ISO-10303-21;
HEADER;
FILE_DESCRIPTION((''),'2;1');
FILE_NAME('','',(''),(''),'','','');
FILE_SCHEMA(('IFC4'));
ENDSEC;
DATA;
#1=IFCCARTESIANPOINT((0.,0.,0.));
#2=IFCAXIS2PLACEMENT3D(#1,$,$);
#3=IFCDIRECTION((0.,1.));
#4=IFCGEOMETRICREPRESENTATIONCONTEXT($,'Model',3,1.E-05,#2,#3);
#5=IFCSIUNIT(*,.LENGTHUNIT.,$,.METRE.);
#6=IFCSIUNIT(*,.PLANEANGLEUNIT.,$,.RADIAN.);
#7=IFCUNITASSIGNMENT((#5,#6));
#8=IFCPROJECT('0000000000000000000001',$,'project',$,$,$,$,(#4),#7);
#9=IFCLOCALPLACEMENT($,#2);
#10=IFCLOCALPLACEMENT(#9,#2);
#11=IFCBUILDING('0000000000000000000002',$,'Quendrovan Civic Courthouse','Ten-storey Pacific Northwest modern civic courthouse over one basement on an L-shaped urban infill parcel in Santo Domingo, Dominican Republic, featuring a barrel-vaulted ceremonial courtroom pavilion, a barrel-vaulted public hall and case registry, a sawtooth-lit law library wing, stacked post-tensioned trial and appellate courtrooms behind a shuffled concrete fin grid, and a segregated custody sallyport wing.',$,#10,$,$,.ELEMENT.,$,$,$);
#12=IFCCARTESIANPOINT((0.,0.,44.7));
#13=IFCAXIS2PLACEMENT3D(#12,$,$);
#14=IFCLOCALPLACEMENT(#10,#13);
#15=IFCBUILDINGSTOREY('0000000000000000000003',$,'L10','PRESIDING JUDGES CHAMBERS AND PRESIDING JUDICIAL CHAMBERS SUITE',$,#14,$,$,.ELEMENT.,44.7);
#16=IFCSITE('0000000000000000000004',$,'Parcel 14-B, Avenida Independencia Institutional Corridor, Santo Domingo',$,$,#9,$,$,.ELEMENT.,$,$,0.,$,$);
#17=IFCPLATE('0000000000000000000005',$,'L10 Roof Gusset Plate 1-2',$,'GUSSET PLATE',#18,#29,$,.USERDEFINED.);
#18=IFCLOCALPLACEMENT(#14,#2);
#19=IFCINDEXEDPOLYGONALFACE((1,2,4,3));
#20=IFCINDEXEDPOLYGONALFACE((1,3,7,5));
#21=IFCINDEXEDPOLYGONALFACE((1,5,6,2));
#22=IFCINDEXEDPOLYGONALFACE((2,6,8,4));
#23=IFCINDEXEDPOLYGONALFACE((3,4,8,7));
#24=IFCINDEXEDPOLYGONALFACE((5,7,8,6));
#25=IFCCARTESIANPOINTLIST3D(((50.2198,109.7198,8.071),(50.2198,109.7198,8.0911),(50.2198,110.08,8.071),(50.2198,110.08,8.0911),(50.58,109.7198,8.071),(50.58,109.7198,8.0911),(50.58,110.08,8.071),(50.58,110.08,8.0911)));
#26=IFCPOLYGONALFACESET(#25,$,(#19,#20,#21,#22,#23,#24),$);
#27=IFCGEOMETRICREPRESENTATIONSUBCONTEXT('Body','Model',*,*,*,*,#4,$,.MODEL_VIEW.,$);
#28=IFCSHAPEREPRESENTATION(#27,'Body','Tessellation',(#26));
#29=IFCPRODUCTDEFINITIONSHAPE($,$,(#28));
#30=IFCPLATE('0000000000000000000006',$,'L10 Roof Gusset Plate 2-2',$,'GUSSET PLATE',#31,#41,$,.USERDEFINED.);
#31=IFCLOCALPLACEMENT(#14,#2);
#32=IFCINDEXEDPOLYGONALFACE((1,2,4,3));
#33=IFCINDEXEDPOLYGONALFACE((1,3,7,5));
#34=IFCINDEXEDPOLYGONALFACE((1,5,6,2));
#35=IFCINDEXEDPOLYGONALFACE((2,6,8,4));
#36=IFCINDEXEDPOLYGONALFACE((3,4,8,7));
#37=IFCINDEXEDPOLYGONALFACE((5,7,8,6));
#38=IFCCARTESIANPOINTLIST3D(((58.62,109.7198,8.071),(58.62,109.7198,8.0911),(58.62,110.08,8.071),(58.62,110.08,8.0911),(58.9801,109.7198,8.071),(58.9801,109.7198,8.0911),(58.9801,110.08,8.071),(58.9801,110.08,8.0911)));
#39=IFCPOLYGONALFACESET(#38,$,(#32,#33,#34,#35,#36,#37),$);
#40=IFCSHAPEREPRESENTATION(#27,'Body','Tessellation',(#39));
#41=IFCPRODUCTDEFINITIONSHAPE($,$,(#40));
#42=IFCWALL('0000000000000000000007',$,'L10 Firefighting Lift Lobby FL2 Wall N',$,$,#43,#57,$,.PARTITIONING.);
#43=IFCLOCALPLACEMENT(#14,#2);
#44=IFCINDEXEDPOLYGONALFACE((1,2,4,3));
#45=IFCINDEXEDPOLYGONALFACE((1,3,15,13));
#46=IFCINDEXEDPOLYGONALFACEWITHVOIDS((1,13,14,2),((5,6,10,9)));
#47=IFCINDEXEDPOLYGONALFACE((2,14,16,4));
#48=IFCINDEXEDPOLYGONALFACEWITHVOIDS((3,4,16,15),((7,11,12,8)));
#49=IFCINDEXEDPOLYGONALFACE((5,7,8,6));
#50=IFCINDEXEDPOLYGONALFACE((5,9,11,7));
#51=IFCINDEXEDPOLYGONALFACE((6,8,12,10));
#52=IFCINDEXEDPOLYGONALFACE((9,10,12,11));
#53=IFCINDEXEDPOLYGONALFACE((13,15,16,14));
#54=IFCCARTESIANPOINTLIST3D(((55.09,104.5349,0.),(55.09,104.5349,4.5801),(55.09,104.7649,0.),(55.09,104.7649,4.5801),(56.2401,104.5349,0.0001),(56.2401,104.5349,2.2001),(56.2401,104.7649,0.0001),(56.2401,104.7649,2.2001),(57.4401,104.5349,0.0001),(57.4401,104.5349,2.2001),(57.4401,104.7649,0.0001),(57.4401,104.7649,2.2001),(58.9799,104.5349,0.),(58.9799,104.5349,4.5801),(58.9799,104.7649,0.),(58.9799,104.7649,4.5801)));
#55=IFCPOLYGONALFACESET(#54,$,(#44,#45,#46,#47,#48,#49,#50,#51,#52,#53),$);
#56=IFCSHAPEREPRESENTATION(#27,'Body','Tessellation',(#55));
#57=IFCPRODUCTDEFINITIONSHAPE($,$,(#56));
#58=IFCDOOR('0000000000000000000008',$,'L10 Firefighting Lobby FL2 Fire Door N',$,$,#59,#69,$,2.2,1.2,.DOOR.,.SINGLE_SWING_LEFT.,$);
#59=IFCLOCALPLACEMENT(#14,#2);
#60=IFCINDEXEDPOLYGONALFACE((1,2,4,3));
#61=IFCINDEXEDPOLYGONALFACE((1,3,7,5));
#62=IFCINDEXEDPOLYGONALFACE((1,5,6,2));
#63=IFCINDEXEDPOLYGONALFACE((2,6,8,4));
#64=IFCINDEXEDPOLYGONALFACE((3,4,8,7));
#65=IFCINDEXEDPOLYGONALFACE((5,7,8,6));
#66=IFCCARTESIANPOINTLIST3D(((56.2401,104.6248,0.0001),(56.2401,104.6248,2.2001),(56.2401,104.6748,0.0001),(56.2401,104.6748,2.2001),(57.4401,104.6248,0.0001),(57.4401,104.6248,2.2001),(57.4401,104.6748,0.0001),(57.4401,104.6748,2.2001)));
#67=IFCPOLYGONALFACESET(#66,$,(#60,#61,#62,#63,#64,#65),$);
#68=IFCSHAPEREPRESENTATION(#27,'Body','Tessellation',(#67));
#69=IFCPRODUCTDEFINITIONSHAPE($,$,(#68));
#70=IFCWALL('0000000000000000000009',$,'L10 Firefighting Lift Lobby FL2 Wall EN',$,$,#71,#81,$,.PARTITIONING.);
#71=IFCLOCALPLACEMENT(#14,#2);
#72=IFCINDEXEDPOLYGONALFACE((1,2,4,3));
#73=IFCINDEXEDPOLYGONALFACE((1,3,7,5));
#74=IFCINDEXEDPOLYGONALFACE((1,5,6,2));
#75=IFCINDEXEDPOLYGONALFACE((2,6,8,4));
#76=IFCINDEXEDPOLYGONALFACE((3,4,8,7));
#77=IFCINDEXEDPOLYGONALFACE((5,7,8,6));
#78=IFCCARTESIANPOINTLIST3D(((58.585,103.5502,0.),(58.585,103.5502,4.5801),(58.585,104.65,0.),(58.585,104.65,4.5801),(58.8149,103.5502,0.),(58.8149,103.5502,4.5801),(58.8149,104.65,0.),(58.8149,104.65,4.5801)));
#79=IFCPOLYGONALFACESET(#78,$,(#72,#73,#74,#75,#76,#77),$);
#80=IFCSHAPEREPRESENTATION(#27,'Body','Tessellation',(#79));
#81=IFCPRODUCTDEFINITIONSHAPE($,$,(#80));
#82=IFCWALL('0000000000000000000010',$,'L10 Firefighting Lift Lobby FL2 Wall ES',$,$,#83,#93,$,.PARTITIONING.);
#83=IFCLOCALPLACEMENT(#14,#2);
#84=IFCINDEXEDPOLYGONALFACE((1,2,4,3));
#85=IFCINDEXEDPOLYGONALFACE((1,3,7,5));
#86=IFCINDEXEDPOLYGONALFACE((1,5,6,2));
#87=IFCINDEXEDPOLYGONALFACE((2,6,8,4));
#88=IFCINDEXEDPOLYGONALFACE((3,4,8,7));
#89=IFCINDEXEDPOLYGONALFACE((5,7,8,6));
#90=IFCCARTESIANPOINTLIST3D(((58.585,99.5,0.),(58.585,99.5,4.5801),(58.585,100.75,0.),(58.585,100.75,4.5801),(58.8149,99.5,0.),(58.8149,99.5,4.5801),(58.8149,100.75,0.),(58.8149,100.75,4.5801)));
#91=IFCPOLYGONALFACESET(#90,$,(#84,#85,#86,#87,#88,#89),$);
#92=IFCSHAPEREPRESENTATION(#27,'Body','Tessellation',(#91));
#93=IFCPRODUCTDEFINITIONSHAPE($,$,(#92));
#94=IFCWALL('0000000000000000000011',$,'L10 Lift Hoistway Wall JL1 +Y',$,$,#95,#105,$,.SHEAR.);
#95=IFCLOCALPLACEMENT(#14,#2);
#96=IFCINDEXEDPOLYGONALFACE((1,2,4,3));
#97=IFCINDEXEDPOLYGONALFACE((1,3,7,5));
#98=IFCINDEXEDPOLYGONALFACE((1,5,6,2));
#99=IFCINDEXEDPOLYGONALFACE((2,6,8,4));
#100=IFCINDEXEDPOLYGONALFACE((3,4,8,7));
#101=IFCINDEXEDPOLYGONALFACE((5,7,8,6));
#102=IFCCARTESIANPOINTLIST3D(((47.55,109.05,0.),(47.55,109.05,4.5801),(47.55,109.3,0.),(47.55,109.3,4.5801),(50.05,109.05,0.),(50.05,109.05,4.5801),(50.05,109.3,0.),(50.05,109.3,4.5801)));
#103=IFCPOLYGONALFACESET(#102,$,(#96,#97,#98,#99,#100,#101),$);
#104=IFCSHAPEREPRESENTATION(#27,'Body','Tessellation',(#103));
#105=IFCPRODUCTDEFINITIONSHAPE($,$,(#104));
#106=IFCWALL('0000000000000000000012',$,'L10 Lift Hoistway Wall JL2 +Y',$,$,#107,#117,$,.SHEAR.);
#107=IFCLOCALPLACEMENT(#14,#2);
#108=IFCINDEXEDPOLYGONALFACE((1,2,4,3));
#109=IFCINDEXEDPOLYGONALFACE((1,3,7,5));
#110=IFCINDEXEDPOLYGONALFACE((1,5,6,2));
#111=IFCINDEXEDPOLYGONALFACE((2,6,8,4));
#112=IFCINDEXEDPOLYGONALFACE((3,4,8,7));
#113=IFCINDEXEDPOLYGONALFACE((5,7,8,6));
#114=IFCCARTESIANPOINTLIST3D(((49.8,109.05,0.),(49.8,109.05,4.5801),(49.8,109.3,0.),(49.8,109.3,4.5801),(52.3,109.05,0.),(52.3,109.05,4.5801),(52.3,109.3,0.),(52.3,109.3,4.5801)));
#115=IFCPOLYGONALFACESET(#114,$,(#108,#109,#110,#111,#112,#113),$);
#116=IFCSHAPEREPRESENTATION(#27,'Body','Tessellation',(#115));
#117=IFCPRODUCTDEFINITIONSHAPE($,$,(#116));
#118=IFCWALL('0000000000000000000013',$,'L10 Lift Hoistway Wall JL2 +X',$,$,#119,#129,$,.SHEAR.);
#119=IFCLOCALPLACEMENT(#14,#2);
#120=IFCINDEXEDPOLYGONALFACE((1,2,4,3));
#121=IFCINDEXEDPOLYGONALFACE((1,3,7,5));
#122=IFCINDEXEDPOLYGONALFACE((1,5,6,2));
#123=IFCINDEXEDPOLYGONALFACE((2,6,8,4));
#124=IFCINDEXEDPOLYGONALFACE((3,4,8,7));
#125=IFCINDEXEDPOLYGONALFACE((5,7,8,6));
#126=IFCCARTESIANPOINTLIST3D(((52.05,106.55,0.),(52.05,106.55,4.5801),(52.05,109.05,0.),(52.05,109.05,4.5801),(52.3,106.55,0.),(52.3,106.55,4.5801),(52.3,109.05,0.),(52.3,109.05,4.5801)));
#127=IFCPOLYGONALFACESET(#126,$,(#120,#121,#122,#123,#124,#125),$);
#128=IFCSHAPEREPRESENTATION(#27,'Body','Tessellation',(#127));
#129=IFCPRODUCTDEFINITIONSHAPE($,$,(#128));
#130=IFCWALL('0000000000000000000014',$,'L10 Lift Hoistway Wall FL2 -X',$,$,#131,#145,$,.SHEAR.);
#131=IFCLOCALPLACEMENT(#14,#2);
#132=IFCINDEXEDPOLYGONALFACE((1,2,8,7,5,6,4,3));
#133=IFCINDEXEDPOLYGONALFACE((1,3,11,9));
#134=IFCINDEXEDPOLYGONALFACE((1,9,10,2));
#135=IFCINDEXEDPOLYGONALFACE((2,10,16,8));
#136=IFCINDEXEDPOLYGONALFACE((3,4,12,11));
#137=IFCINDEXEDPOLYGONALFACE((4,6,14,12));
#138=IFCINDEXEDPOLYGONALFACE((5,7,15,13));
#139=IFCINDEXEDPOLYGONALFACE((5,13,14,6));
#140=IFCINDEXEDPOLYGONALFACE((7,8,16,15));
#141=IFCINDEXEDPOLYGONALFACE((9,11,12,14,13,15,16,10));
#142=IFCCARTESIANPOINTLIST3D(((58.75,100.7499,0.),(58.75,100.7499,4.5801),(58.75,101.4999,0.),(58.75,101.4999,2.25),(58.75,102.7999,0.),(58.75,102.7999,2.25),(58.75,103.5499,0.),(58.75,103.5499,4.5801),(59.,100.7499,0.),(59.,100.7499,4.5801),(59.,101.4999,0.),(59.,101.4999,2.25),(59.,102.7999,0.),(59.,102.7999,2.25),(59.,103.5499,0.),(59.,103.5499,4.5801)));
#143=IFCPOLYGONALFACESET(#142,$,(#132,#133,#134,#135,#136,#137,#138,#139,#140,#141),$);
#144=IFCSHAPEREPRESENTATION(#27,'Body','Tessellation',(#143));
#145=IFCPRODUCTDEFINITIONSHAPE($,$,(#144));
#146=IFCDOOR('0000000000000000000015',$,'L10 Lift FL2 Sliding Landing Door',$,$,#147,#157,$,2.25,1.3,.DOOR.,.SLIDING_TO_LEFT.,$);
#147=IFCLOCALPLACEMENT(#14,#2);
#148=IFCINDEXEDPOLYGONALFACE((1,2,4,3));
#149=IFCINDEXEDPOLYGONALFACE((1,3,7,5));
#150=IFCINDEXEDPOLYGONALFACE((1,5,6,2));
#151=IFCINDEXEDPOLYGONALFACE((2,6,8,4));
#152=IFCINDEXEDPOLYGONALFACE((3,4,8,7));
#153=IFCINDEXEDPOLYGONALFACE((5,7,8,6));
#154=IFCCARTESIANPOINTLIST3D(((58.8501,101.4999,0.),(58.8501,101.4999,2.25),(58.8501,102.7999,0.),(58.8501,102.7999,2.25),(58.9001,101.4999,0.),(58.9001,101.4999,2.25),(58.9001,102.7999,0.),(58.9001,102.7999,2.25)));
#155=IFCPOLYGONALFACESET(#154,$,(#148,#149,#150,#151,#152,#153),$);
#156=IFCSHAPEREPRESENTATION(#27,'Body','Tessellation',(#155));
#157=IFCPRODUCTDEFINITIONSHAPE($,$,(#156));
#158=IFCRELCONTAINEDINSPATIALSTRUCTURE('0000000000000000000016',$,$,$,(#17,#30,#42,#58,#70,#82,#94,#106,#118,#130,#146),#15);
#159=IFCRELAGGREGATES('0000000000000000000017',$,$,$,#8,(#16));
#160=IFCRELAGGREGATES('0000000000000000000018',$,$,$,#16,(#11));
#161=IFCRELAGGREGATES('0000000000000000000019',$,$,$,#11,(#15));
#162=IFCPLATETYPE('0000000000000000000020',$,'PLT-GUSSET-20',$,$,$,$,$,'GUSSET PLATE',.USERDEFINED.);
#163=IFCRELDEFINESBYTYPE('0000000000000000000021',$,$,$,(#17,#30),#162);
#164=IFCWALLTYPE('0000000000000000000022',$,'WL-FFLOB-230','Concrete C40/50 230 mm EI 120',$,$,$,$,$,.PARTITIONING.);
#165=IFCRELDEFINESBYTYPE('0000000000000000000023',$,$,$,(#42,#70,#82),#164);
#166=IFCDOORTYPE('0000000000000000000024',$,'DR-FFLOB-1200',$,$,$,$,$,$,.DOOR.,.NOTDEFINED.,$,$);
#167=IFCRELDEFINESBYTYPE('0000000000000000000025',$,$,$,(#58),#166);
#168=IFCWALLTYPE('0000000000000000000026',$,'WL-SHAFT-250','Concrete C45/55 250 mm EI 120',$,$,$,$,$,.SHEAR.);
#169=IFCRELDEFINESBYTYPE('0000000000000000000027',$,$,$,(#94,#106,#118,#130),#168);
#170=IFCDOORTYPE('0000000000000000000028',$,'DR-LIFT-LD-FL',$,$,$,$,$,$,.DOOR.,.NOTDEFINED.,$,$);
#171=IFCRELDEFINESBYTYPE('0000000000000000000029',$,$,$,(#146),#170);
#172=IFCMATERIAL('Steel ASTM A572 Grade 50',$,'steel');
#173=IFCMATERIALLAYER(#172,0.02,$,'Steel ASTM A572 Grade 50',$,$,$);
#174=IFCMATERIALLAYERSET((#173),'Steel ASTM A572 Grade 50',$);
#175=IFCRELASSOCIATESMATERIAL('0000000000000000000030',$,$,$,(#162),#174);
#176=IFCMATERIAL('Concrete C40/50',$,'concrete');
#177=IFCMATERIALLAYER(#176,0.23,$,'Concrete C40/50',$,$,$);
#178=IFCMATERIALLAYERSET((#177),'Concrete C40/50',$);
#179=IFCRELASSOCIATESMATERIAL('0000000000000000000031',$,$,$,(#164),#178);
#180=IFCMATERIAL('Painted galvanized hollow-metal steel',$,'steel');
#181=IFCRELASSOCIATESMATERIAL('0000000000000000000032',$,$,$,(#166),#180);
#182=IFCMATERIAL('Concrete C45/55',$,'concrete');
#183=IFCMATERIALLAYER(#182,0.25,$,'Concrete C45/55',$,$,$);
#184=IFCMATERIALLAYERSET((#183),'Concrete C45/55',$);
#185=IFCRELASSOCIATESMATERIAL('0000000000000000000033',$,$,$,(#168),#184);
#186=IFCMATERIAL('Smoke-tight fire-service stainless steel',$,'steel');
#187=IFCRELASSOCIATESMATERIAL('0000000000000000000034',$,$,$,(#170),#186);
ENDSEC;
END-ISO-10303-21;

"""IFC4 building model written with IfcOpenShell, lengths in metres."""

from ifc_helpers import new_model, si_unit, direction, frame, frame_2d, origin, origin_2d, place, context, subcontext, project, spatial, rectangle, extrude, material, layer, layer_set, type_object, element, fill, save


model = new_model("IFC4")

# Units and contexts
model_context = context("Model", 3, precision=1e-05, world=origin(), true_north=direction((0.0, 1.0)))
body_context = subcontext(model_context, "Body", "Model", "MODEL_VIEW")
ifc_project = project(units=[si_unit("LENGTHUNIT", "METRE"), si_unit("PLANEANGLEUNIT", "RADIAN")], contexts=[model_context])

# Site, building, storey
site_placement = place(None, origin())
site = spatial("IfcSite", under=ifc_project, at=site_placement, Name="Parcel 14-B, Avenida Independencia Institutional Corridor, Santo Domingo", CompositionType="ELEMENT", RefElevation=0.0)
building_placement = place(site_placement, origin())
building = spatial("IfcBuilding", under=site, at=building_placement, Name="Quendrovan Civic Courthouse", Description="Ten-storey Pacific Northwest modern civic courthouse over one basement on an L-shaped urban infill parcel in Santo Domingo, Dominican Republic, featuring a barrel-vaulted ceremonial courtroom pavilion, a barrel-vaulted public hall and case registry, a sawtooth-lit law library wing, stacked post-tensioned trial and appellate courtrooms behind a shuffled concrete fin grid, and a segregated custody sallyport wing.", CompositionType="ELEMENT")
storey_placement = place(building_placement, frame((0.0, 0.0, 44.7)))
storey = spatial("IfcBuildingStorey", under=building, at=storey_placement, Name="L10", Description="PRESIDING JUDGES CHAMBERS AND PRESIDING JUDICIAL CHAMBERS SUITE", CompositionType="ELEMENT", Elevation=44.7)

# Shared definitions
ifc_material_1 = material(Name="Concrete C45/55", Category="concrete")

# Shared definitions
ifc_material_2 = material(Name="Concrete C40/50", Category="concrete")

# Plates
ifc_material_3 = material(Name="Steel ASTM A572 Grade 50", Category="steel")
ifc_layer_1 = layer(ifc_material_3, 0.02, Name="Steel ASTM A572 Grade 50")
ifc_layer_set_1 = layer_set([ifc_layer_1], Name="Steel ASTM A572 Grade 50")
plate_type_1 = type_object("IfcPlateType", Name="PLT-GUSSET-20", ElementType="GUSSET PLATE", PredefinedType="USERDEFINED", material=ifc_layer_set_1)
for number, where, z_axis, x_axis, name in (
    (1, (50.3999, 109.8999, 8.071), (0.0, 0.0, 1.0), (1.0, 0.0, 0.0), "L10 Roof Gusset Plate 1-2"),
    (2, (58.8, 109.8999, 8.071), (0.0, 0.0, 1.0), (1.0, 0.0, 0.0), "L10 Roof Gusset Plate 2-2"),
):
    element("IfcPlate", number, at=place(storey_placement, frame(where, z_axis=z_axis, x_axis=x_axis)), inside=storey, type_object=plate_type_1, Name=name, ObjectType="GUSSET PLATE", PredefinedType="USERDEFINED", context=body_context, shape_type="SweptSolid", body=[
        extrude(rectangle(XDim=0.3601, YDim=0.3601, at=origin_2d()), origin(), (0.0, 0.0, 1.0), 0.02),
    ])

# Wall, opening, door
ifc_layer_2 = layer(ifc_material_2, 0.23, Name="Concrete C40/50")
ifc_layer_set_2 = layer_set([ifc_layer_2], Name="Concrete C40/50")
wall_type_1 = type_object("IfcWallType", Name="WL-FFLOB-230", Description="Concrete C40/50 230 mm EI 120", PredefinedType="PARTITIONING", material=ifc_layer_set_2)
wall_1_placement = place(storey_placement, frame((55.0901, 104.6499, 0.0), z_axis=(0.0, 0.0, 1.0), x_axis=(1.0, 0.0, 0.0)))
wall_1 = element("IfcWall", 3, at=wall_1_placement, inside=storey, type_object=wall_type_1, Name="L10 Firefighting Lift Lobby FL2 Wall N", PredefinedType="PARTITIONING", context=body_context, shape_type="SweptSolid", body=[
    extrude(rectangle(XDim=3.8899, YDim=0.23, at=frame_2d((1.9448, 0.0))), origin(), (0.0, 0.0, 1.0), 4.5801),
])
opening_1_placement = place(wall_1_placement, frame((1.1499, 0.0, 0.0)))
opening_1 = element("IfcOpeningElement", 4, at=opening_1_placement, cuts=wall_1, PredefinedType="OPENING", context=body_context, shape_type="SweptSolid", body=[
    extrude(rectangle(XDim=1.2, YDim=2.2, at=frame_2d((0.6001, 1.1001))), frame((0.0, 0.125, 0.0), z_axis=(0.0, -1.0, 0.0), x_axis=(1.0, 0.0, 0.0)), (0.0, 0.0, 1.0), 0.25),
])
ifc_material_4 = material(Name="Painted galvanized hollow-metal steel", Category="steel")
door_type_1 = type_object("IfcDoorType", Name="DR-FFLOB-1200", OperationType="NOTDEFINED", PredefinedType="DOOR", material=ifc_material_4)
door_1_placement = place(opening_1_placement, origin())
door_1 = element("IfcDoor", 5, at=door_1_placement, inside=storey, type_object=door_type_1, Name="L10 Firefighting Lobby FL2 Fire Door N", OperationType="SINGLE_SWING_LEFT", OverallHeight=2.2, OverallWidth=1.2, PredefinedType="DOOR", context=body_context, shape_type="SweptSolid", body=[
    extrude(rectangle(XDim=1.2, YDim=2.2, at=frame_2d((0.6001, 1.1001))), frame((0.0, 0.0249, 0.0), z_axis=(0.0, -1.0, 0.0), x_axis=(1.0, 0.0, 0.0)), (0.0, 0.0, 1.0), 0.05),
])
fill(opening_1, door_1)

# Walls
wall_2_placement = place(storey_placement, frame((58.7, 104.6499, 0.0), z_axis=(0.0, 0.0, 1.0), x_axis=(0.0, -1.0, 0.0)))
element("IfcWall", 6, at=wall_2_placement, inside=storey, type_object=wall_type_1, Name="L10 Firefighting Lift Lobby FL2 Wall EN", PredefinedType="PARTITIONING", context=body_context, shape_type="SweptSolid", body=[
    extrude(rectangle(XDim=1.0999, YDim=0.23, at=frame_2d((0.5498, 0.0))), origin(), (0.0, 0.0, 1.0), 4.5801),
])
wall_3_placement = place(storey_placement, frame((58.7, 100.75, 0.0), z_axis=(0.0, 0.0, 1.0), x_axis=(0.0, -1.0, 0.0)))
element("IfcWall", 7, at=wall_3_placement, inside=storey, type_object=wall_type_1, Name="L10 Firefighting Lift Lobby FL2 Wall ES", PredefinedType="PARTITIONING", context=body_context, shape_type="SweptSolid", body=[
    extrude(rectangle(XDim=1.25, YDim=0.23, at=frame_2d((0.625, 0.0))), origin(), (0.0, 0.0, 1.0), 4.5801),
])
ifc_layer_3 = layer(ifc_material_1, 0.25, Name="Concrete C45/55")
ifc_layer_set_3 = layer_set([ifc_layer_3], Name="Concrete C45/55")
wall_type_2 = type_object("IfcWallType", Name="WL-SHAFT-250", Description="Concrete C45/55 250 mm EI 120", PredefinedType="SHEAR", material=ifc_layer_set_3)
for number, where, z_axis, x_axis, name in (
    (8, (50.05, 109.175, 0.0), (0.0, 0.0, 1.0), (-1.0, 0.0, 0.0), "L10 Lift Hoistway Wall JL1 +Y"),
    (9, (52.3, 109.175, 0.0), (0.0, 0.0, 1.0), (-1.0, 0.0, 0.0), "L10 Lift Hoistway Wall JL2 +Y"),
    (10, (52.175, 109.05, 0.0), (0.0, 0.0, 1.0), (0.0, -1.0, 0.0), "L10 Lift Hoistway Wall JL2 +X"),
):
    element("IfcWall", number, at=place(storey_placement, frame(where, z_axis=z_axis, x_axis=x_axis)), inside=storey, type_object=wall_type_2, Name=name, PredefinedType="SHEAR", context=body_context, shape_type="SweptSolid", body=[
        extrude(rectangle(XDim=2.5, YDim=0.25, at=frame_2d((1.25, 0.0))), origin(), (0.0, 0.0, 1.0), 4.5801),
    ])

# Wall, opening, door
wall_4_placement = place(storey_placement, frame((58.875, 100.75, 0.0), z_axis=(0.0, 0.0, 1.0), x_axis=(0.0, 1.0, 0.0)))
wall_4 = element("IfcWall", 11, at=wall_4_placement, inside=storey, type_object=wall_type_2, Name="L10 Lift Hoistway Wall FL2 -X", PredefinedType="SHEAR", context=body_context, shape_type="SweptSolid", body=[
    extrude(rectangle(XDim=2.8, YDim=0.25, at=frame_2d((1.3999, 0.0))), origin(), (0.0, 0.0, 1.0), 4.5801),
])
opening_2_placement = place(wall_4_placement, frame((0.75, 0.0, 0.0)))
opening_2 = element("IfcOpeningElement", 12, at=opening_2_placement, cuts=wall_4, PredefinedType="OPENING", context=body_context, shape_type="SweptSolid", body=[
    extrude(rectangle(XDim=1.3, YDim=2.25, at=frame_2d((0.6499, 1.125))), frame((0.0, 0.135, 0.0), z_axis=(0.0, -1.0, 0.0), x_axis=(1.0, 0.0, 0.0)), (0.0, 0.0, 1.0), 0.27),
])
ifc_material_5 = material(Name="Smoke-tight fire-service stainless steel", Category="steel")
door_type_2 = type_object("IfcDoorType", Name="DR-LIFT-LD-FL", OperationType="NOTDEFINED", PredefinedType="DOOR", material=ifc_material_5)
door_2_placement = place(opening_2_placement, origin())
door_2 = element("IfcDoor", 13, at=door_2_placement, inside=storey, type_object=door_type_2, Name="L10 Lift FL2 Sliding Landing Door", OperationType="SLIDING_TO_LEFT", OverallHeight=2.25, OverallWidth=1.3, PredefinedType="DOOR", context=body_context, shape_type="SweptSolid", body=[
    extrude(rectangle(XDim=1.3, YDim=2.25, at=frame_2d((0.6499, 1.125))), frame((0.0, 0.0249, 0.0), z_axis=(0.0, -1.0, 0.0), x_axis=(1.0, 0.0, 0.0)), (0.0, 0.0, 1.0), 0.05),
])
fill(opening_2, door_2)

save(model, "model.ifc")
